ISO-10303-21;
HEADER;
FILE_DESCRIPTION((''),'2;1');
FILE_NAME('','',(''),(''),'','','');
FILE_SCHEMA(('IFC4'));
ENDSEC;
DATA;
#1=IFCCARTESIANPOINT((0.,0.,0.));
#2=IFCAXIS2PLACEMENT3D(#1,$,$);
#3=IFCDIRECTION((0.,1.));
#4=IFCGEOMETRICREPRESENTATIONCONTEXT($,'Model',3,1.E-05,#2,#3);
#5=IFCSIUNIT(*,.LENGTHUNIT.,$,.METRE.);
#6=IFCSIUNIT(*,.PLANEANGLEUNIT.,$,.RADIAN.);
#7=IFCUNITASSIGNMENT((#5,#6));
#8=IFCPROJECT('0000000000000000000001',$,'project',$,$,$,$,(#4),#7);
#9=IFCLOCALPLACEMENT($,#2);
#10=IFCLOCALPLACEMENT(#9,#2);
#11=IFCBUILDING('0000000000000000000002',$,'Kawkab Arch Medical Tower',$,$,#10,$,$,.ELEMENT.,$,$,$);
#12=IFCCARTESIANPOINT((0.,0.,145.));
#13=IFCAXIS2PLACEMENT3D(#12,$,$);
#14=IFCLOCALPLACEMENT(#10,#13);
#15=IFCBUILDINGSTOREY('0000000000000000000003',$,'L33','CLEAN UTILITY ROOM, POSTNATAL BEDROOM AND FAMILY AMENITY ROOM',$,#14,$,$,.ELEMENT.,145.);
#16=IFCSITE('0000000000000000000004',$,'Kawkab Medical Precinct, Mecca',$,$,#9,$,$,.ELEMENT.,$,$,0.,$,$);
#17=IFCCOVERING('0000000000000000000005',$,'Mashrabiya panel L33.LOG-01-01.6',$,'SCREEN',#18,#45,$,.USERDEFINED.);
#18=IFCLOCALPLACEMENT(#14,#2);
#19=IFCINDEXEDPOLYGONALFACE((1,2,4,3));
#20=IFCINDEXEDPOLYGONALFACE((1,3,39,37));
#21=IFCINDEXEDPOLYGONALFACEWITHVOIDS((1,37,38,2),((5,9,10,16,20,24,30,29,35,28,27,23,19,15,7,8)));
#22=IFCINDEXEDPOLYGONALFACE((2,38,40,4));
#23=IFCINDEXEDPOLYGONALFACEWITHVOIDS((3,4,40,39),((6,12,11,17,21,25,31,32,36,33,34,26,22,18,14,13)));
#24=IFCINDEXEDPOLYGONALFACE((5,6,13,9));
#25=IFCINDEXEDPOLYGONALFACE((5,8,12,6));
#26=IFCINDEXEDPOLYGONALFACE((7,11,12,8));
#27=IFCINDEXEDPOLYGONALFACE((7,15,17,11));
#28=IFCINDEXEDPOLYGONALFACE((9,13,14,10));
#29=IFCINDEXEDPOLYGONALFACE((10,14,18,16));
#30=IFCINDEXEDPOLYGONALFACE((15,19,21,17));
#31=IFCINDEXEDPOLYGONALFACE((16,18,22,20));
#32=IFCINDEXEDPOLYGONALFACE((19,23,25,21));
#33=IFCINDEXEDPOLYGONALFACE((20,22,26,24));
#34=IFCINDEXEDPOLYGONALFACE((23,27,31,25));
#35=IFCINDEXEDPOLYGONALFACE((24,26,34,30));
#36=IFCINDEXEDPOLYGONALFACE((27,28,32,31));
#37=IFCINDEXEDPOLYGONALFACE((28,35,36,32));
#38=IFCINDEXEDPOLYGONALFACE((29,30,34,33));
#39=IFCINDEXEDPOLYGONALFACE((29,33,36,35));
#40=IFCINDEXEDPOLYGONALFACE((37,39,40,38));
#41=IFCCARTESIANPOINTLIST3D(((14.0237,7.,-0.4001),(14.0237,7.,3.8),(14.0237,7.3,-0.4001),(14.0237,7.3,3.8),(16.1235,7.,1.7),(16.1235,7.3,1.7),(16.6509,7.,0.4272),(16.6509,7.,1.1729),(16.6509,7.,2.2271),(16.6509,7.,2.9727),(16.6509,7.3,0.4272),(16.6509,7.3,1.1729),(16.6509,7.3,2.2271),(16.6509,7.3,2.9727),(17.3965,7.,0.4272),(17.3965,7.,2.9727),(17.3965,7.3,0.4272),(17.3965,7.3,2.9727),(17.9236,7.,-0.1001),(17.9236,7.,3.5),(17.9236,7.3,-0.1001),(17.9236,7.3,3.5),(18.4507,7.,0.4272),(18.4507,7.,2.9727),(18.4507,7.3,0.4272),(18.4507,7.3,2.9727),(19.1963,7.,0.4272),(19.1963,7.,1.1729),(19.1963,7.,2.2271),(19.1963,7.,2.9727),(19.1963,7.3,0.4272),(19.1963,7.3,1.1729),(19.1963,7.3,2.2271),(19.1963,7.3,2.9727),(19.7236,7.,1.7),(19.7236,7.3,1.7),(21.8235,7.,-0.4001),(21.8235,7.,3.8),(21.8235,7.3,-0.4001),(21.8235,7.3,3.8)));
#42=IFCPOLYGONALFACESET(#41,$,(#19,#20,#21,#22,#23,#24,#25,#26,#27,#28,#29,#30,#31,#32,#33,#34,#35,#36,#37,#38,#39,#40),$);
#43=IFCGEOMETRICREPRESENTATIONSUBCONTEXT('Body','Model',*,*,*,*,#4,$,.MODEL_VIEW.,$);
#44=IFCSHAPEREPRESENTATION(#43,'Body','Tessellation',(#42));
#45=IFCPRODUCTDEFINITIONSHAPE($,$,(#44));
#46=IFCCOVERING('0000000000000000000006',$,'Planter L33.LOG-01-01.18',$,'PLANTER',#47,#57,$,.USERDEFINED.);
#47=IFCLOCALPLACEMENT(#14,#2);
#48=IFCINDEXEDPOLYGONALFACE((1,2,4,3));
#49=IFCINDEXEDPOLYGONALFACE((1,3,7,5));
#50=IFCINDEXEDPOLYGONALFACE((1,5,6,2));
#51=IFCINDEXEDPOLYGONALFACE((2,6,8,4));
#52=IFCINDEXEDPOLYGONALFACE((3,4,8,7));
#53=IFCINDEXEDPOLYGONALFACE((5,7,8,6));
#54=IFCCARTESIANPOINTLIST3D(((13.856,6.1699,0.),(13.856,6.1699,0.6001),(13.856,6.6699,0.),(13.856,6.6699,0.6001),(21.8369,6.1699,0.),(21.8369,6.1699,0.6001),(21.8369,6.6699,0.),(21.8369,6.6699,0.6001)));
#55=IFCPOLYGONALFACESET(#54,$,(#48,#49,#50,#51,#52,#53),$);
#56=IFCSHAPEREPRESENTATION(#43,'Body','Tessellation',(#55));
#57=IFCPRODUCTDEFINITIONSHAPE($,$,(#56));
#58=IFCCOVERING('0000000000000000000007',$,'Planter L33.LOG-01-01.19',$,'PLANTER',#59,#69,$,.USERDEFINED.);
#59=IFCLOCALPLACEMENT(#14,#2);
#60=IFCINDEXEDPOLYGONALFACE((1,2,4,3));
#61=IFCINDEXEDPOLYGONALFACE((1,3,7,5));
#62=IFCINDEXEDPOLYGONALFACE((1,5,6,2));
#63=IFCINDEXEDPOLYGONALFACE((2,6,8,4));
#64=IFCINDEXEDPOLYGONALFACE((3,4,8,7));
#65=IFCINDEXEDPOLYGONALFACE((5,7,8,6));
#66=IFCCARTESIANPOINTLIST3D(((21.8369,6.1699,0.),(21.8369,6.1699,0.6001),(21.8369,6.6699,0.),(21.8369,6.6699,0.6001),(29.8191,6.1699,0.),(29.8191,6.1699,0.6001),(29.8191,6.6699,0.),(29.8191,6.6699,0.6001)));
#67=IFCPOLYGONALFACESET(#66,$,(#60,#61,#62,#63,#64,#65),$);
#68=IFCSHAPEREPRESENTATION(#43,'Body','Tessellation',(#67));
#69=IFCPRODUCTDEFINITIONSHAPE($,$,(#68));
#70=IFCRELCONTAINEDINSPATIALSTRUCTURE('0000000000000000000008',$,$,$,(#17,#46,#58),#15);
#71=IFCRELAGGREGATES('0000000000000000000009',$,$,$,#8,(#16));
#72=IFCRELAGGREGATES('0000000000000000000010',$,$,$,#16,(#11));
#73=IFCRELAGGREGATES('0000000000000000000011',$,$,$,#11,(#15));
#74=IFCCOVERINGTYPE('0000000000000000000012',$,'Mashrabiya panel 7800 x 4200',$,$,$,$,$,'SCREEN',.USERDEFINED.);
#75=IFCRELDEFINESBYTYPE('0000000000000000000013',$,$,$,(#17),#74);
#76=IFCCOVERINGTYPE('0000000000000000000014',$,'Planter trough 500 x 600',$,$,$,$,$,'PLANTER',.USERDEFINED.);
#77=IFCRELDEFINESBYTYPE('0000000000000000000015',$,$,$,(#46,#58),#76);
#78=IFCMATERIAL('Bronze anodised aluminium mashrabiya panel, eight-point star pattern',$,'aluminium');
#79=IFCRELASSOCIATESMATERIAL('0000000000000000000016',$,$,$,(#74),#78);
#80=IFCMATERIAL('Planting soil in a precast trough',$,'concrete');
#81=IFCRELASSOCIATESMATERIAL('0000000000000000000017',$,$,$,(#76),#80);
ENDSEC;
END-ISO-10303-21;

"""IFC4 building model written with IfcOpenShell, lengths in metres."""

from ifc_helpers import new_model, si_unit, direction, frame, origin, origin_2d, place, context, subcontext, project, spatial, polyline, rectangle, outline, extrude, material, material_profile, profile_set, type_object, element, save


model = new_model("IFC4")

# Units and contexts
model_context = context("Model", 3, precision=1e-05, world=origin(), true_north=direction((0.0, 1.0)))
body_context = subcontext(model_context, "Body", "Model", "MODEL_VIEW")
ifc_project = project(units=[si_unit("LENGTHUNIT", "METRE"), si_unit("PLANEANGLEUNIT", "RADIAN")], contexts=[model_context])

# Site, building, storey
site_placement = place(None, origin())
site = spatial("IfcSite", under=ifc_project, at=site_placement, Name="Kawkab Medical Precinct, Mecca", CompositionType="ELEMENT", RefElevation=0.0)
building_placement = place(site_placement, origin())
building = spatial("IfcBuilding", under=site, at=building_placement, Name="Kawkab Arch Medical Tower", CompositionType="ELEMENT")
storey_placement = place(building_placement, frame((0.0, 0.0, 145.0)))
storey = spatial("IfcBuildingStorey", under=building, at=storey_placement, Name="L33", Description="CLEAN UTILITY ROOM, POSTNATAL BEDROOM AND FAMILY AMENITY ROOM", CompositionType="ELEMENT", Elevation=145.0)

# Coverings
ifc_material_1 = material(Name="Bronze anodised aluminium mashrabiya panel, eight-point star pattern", Category="aluminium")
ifc_material_profile_1 = material_profile(ifc_material_1, outline(polyline([(-3.8999, -2.1001), (3.8999, -2.1001), (3.8999, 2.1001), (-3.8999, 2.1001), (-3.8999, -2.1001)]), holes=[polyline([(1.8, 0.0), (1.2727, 0.5271), (1.2727, 1.2727), (0.5271, 1.2727), (0.0, 1.8), (-0.5271, 1.2727), (-1.2727, 1.2727), (-1.2727, 0.5271), (-1.8, 0.0), (-1.2727, -0.5271), (-1.2727, -1.2727), (-0.5271, -1.2727), (0.0, -1.8), (0.5271, -1.2727), (1.2727, -1.2727), (1.2727, -0.5271), (1.8, 0.0)])]), Name="Mashrabiya panel 7800x4200")
ifc_profile_set_1 = profile_set([ifc_material_profile_1], Name="Bronze anodised aluminium mashrabiya panel, eight-point star pattern")
covering_type_1 = type_object("IfcCoveringType", Name="Mashrabiya panel 7800 x 4200", ElementType="SCREEN", PredefinedType="USERDEFINED", material=ifc_profile_set_1)
covering_1_placement = place(storey_placement, frame((17.9236, 7.0, 1.7), z_axis=(0.0, 1.0, 0.0), x_axis=(-1.0, 0.0, 0.0)))
element("IfcCovering", 1, at=covering_1_placement, inside=storey, type_object=covering_type_1, Name="Mashrabiya panel L33.LOG-01-01.6", ObjectType="SCREEN", PredefinedType="USERDEFINED", context=body_context, shape_type="SweptSolid", body=[
    extrude(outline(polyline([(-3.8999, -2.1001), (3.8999, -2.1001), (3.8999, 2.1001), (-3.8999, 2.1001), (-3.8999, -2.1001)]), holes=[polyline([(1.8, 0.0), (1.2727, 0.5271), (1.2727, 1.2727), (0.5271, 1.2727), (0.0, 1.8), (-0.5271, 1.2727), (-1.2727, 1.2727), (-1.2727, 0.5271), (-1.8, 0.0), (-1.2727, -0.5271), (-1.2727, -1.2727), (-0.5271, -1.2727), (0.0, -1.8), (0.5271, -1.2727), (1.2727, -1.2727), (1.2727, -0.5271), (1.8, 0.0)])]), origin(), (0.0, 0.0, 1.0), 0.3),
])
ifc_material_2 = material(Name="Planting soil in a precast trough", Category="concrete")
ifc_material_profile_2 = material_profile(ifc_material_2, rectangle(XDim=0.5, YDim=0.6001, at=origin_2d()), Name="Trough 500x600")
ifc_profile_set_2 = profile_set([ifc_material_profile_2], Name="Planting soil in a precast trough")
covering_type_2 = type_object("IfcCoveringType", Name="Planter trough 500 x 600", ElementType="PLANTER", PredefinedType="USERDEFINED", material=ifc_profile_set_2)
covering_2_placement = place(storey_placement, frame((13.856, 6.4199, 0.3), z_axis=(1.0, 0.0, 0.0), x_axis=(0.0, 1.0, 0.0)))
element("IfcCovering", 2, at=covering_2_placement, inside=storey, type_object=covering_type_2, Name="Planter L33.LOG-01-01.18", ObjectType="PLANTER", PredefinedType="USERDEFINED", context=body_context, shape_type="SweptSolid", body=[
    extrude(rectangle(XDim=0.5, YDim=0.6001, at=origin_2d()), origin(), (0.0, 0.0, 1.0), 7.981),
])
covering_3_placement = place(storey_placement, frame((21.8369, 6.4199, 0.3), z_axis=(1.0, 0.0, 0.0), x_axis=(0.0, 1.0, 0.0)))
element("IfcCovering", 3, at=covering_3_placement, inside=storey, type_object=covering_type_2, Name="Planter L33.LOG-01-01.19", ObjectType="PLANTER", PredefinedType="USERDEFINED", context=body_context, shape_type="SweptSolid", body=[
    extrude(rectangle(XDim=0.5, YDim=0.6001, at=origin_2d()), origin(), (0.0, 0.0, 1.0), 7.9822),
])

save(model, "model.ifc")
